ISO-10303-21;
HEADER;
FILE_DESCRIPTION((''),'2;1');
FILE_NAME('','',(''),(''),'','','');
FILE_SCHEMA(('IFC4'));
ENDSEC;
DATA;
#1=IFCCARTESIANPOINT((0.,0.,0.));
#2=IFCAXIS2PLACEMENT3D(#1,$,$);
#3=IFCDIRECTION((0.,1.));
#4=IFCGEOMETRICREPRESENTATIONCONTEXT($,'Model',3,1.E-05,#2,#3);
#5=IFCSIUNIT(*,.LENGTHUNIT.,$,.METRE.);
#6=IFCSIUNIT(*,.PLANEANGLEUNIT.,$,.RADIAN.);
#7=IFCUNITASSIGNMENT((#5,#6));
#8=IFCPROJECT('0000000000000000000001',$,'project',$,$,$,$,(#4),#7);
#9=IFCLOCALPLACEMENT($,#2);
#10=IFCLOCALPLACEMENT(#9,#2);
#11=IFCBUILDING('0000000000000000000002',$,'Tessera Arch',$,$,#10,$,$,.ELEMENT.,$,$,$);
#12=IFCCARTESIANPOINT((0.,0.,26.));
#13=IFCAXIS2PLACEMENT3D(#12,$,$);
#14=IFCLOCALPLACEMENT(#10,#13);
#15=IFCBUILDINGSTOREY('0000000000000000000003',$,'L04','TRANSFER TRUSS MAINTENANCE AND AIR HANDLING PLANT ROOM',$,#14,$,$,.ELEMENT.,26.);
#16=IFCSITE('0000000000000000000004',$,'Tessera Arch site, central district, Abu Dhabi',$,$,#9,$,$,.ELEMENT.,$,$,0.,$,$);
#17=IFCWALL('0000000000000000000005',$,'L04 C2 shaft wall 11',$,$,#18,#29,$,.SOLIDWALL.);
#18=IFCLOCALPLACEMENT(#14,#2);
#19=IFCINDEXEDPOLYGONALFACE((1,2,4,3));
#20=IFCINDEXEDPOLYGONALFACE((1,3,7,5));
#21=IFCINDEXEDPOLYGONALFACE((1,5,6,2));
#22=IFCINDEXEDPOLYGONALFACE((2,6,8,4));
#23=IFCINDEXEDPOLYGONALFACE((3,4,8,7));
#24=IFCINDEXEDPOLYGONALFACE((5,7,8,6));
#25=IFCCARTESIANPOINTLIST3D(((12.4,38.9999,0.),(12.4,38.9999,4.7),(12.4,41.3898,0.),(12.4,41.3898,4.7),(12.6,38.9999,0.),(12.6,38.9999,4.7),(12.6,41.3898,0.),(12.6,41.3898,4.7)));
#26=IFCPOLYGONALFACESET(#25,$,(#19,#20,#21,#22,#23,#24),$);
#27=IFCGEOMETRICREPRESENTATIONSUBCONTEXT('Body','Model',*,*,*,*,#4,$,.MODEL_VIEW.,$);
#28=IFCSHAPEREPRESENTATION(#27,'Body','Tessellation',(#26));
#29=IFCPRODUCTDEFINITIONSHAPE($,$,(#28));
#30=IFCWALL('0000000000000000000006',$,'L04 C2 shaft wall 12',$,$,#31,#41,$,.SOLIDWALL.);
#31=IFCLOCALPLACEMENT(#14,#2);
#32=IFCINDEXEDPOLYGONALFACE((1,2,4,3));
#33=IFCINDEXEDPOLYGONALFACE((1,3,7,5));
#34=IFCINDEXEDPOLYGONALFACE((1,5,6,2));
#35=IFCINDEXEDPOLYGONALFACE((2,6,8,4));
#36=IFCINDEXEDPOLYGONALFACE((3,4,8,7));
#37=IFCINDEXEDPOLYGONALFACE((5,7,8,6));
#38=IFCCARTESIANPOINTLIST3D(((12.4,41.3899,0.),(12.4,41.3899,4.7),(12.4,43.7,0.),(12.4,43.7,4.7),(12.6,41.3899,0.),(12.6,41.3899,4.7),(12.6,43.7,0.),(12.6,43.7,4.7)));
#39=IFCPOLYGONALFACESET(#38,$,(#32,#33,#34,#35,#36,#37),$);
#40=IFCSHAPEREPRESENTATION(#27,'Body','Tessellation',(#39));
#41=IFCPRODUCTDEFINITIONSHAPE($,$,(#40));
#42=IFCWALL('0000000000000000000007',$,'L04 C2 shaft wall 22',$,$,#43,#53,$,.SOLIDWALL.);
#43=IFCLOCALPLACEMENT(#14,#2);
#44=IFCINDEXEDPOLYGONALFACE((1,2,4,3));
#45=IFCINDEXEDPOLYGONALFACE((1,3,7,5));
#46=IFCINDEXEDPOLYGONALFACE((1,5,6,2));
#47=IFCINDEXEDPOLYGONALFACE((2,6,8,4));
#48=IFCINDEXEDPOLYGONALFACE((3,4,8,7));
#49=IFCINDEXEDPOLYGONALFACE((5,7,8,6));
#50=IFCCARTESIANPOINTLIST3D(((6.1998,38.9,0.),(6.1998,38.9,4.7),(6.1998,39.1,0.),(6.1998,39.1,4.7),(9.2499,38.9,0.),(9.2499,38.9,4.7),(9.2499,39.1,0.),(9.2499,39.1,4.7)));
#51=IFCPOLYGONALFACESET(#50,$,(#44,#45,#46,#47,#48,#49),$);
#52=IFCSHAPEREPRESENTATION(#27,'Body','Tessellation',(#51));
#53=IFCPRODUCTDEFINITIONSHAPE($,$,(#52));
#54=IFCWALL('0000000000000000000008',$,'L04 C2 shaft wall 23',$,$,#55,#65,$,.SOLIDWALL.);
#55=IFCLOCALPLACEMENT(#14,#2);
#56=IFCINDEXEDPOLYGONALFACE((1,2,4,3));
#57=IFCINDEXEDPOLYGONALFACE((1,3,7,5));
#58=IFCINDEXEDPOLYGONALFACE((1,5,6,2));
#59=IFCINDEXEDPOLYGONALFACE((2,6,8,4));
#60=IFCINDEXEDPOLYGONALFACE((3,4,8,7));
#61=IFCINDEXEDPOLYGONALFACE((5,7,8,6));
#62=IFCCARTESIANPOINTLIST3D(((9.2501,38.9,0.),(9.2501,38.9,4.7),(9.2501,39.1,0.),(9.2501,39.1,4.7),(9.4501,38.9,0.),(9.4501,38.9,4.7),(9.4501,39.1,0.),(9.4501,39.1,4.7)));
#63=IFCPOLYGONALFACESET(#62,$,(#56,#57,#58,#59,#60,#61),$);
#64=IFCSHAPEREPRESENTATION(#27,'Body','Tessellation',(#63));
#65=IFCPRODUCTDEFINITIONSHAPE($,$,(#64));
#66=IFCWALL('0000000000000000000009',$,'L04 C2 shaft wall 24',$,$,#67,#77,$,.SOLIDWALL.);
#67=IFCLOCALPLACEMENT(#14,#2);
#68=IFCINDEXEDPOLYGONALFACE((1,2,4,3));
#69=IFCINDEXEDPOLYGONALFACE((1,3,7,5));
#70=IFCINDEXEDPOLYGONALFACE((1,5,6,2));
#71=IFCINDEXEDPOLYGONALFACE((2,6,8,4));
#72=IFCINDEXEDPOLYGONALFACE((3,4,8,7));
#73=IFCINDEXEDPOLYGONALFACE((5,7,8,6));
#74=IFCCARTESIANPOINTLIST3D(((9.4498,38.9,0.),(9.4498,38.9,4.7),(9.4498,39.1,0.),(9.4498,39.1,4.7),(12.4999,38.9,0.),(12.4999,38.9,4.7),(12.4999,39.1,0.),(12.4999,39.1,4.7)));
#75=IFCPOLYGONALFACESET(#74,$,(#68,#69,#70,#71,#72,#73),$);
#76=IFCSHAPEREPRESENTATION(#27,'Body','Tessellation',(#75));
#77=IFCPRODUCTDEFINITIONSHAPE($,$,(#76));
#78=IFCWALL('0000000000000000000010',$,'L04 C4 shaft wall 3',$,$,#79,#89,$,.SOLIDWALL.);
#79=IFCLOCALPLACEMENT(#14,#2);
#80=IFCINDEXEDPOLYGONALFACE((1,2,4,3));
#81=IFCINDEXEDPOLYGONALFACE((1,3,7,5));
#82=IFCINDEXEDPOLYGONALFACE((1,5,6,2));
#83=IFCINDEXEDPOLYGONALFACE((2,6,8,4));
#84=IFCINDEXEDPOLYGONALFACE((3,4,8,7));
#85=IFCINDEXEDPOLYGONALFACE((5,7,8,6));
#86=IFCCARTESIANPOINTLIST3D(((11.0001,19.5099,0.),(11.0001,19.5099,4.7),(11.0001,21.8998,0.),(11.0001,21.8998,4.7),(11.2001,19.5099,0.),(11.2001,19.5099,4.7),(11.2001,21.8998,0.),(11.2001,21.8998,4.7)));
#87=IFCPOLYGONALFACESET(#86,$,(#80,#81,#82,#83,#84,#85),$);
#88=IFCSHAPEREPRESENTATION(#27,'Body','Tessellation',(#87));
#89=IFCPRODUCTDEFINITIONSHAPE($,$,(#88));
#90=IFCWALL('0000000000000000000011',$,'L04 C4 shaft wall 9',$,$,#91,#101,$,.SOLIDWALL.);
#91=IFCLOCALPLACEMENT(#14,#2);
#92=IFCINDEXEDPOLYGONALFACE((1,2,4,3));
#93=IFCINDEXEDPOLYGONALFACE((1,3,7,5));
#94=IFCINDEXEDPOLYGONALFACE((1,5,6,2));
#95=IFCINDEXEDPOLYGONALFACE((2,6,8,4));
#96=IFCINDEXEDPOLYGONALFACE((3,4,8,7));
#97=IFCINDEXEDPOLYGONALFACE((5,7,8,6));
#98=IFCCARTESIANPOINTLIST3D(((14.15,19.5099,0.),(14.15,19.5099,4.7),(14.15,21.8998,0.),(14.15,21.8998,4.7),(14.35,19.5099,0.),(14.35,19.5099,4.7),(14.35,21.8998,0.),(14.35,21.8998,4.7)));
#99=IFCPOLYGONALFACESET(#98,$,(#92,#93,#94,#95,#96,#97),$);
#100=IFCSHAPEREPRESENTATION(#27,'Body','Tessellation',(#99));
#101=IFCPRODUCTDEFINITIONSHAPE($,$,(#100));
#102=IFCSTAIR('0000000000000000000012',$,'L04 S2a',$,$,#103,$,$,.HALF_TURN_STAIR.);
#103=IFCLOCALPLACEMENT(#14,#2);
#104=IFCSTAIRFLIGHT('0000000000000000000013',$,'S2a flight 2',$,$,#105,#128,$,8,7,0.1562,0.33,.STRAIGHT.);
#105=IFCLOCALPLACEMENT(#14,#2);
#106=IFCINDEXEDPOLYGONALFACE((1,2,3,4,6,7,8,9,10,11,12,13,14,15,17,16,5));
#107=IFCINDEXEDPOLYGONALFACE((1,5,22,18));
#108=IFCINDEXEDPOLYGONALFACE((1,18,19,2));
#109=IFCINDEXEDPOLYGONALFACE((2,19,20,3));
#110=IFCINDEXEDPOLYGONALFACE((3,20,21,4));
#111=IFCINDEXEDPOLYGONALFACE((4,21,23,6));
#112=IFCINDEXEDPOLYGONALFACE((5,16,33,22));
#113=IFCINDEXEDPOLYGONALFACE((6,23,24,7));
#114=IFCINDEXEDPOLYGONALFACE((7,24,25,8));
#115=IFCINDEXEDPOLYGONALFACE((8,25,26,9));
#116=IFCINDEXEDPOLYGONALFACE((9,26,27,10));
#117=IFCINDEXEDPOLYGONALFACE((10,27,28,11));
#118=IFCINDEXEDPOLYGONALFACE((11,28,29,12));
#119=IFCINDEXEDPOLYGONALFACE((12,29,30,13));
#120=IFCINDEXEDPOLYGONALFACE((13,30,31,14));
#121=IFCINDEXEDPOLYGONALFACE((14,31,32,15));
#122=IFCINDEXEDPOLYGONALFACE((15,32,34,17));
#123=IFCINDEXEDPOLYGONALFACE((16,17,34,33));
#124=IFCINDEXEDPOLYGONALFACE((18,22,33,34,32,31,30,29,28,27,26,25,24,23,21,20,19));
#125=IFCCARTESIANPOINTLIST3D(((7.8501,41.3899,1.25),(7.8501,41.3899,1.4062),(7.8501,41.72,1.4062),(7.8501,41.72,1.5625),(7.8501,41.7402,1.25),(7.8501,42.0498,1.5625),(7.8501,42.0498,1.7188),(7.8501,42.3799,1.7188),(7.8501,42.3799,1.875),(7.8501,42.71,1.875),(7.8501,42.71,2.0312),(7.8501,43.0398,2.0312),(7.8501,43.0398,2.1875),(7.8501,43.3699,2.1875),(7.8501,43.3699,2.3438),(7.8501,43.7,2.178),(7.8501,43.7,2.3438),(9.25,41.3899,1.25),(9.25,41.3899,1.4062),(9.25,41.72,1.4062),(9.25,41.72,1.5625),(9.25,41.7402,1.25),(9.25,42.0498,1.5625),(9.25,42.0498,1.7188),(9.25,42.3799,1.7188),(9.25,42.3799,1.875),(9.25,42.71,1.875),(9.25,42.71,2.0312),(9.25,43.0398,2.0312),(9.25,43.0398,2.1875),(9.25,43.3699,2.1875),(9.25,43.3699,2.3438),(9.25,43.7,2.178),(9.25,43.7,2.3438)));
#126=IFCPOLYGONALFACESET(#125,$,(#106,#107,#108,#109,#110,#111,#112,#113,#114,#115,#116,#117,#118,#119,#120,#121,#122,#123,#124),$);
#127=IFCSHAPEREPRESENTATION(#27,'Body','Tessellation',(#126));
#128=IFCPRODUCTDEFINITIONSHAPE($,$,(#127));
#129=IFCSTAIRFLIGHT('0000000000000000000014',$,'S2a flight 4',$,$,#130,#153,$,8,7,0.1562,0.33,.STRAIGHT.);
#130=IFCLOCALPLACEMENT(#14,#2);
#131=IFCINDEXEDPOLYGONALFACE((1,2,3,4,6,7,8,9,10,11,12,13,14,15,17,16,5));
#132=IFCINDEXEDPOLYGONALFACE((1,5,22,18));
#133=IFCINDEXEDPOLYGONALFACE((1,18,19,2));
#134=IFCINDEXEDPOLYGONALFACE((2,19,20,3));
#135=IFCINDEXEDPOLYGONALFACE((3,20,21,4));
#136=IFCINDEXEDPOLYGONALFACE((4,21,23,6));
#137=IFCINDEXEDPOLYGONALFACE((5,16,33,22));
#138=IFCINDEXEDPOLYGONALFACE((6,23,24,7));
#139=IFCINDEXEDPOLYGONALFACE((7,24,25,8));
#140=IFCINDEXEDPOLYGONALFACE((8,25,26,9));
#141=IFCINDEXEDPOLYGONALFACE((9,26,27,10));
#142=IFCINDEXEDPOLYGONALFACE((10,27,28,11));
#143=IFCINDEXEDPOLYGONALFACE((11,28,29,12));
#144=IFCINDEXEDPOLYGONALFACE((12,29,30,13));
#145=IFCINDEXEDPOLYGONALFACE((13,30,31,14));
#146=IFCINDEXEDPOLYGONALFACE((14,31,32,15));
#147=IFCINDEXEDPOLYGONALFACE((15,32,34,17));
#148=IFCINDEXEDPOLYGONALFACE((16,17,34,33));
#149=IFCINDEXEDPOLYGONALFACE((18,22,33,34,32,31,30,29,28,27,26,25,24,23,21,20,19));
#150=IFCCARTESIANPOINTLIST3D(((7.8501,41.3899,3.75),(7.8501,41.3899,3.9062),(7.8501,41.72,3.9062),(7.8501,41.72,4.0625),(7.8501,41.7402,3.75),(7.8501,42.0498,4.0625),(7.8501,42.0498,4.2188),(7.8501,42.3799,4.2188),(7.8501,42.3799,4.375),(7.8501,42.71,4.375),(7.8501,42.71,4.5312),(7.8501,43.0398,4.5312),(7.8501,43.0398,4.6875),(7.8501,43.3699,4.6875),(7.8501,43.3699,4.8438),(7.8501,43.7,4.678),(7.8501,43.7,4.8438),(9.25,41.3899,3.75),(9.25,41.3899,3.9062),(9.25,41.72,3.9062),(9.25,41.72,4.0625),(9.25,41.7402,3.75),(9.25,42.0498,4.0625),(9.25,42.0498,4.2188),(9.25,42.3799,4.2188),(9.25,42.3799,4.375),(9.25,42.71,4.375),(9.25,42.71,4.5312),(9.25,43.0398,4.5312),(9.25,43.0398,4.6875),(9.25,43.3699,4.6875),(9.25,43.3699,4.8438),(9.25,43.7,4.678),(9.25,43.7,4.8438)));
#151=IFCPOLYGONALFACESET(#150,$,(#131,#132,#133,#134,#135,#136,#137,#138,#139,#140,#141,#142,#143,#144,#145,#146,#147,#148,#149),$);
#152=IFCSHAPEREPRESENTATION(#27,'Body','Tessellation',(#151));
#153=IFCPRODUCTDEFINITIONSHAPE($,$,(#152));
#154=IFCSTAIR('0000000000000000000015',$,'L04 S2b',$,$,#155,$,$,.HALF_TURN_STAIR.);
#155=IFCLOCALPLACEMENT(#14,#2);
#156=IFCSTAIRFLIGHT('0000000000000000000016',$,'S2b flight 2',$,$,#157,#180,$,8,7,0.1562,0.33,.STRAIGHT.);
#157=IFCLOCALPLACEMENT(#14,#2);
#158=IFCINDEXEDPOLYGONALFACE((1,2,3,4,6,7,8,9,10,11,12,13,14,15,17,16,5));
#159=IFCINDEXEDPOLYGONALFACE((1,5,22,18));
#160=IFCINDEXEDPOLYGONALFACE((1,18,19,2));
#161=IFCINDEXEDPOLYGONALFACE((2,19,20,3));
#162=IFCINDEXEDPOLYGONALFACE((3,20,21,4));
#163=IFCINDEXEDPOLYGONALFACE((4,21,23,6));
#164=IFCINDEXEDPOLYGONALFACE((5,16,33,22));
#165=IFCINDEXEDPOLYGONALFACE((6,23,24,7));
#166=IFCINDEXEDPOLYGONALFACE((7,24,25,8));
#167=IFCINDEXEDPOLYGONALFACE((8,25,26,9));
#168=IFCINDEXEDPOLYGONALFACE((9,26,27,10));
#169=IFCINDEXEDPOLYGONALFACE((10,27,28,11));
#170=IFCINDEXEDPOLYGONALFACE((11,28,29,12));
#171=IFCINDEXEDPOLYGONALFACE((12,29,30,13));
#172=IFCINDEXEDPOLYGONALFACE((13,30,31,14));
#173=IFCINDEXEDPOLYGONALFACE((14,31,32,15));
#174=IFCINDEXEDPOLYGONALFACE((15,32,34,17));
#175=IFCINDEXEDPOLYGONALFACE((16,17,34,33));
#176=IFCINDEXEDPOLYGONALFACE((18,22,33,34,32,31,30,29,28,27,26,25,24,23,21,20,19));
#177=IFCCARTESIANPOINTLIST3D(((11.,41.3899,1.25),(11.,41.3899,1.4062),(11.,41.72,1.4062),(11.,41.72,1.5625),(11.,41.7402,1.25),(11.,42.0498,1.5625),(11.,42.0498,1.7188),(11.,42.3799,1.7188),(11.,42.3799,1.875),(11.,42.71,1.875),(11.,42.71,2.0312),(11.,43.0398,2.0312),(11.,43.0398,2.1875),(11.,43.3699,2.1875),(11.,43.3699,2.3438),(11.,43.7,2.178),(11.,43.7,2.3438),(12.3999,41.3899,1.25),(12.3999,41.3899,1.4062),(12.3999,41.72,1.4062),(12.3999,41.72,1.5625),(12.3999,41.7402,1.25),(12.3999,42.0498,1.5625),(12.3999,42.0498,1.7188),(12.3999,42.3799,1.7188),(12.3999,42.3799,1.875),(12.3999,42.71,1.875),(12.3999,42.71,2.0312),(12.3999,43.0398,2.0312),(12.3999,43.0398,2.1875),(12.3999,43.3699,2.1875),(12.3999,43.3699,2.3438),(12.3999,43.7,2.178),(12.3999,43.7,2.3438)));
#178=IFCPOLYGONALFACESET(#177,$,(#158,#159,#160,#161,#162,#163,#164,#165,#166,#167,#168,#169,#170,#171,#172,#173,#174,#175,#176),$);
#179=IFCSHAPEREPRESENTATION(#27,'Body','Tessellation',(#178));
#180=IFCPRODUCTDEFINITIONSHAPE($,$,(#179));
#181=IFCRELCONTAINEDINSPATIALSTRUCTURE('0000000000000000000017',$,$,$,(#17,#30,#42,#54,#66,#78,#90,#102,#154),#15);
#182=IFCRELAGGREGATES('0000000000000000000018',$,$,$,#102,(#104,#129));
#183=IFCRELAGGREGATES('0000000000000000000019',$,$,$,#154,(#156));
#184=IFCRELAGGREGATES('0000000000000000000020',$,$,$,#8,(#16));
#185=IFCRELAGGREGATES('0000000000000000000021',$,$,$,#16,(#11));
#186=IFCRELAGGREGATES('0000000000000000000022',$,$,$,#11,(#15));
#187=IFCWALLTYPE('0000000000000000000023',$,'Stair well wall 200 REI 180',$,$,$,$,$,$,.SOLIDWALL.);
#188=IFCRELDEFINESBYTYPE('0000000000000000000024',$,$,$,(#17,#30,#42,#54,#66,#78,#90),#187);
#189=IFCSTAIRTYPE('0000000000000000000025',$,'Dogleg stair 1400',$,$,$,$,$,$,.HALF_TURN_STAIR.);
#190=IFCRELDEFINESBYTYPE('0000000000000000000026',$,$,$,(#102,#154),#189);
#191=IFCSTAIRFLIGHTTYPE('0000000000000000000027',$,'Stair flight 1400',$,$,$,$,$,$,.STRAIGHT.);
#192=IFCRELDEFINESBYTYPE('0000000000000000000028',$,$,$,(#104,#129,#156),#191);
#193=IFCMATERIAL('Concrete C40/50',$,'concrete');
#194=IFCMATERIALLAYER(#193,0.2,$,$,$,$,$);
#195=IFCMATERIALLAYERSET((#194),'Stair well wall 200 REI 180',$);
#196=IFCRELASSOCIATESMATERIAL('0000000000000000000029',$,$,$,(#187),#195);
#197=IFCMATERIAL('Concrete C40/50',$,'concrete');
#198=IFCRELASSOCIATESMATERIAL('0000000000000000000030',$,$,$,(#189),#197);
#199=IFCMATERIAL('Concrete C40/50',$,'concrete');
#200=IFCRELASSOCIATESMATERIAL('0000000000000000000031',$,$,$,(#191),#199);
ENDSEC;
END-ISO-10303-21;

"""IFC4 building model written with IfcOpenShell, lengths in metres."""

from ifc_helpers import new_model, si_unit, direction, frame, frame_2d, origin, place, context, subcontext, project, spatial, polyline, rectangle, outline, extrude, material, layer, layer_set, type_object, element, aggregate, save


model = new_model("IFC4")

# Units and contexts
model_context = context("Model", 3, precision=1e-05, world=origin(), true_north=direction((0.0, 1.0)))
body_context = subcontext(model_context, "Body", "Model", "MODEL_VIEW")
ifc_project = project(units=[si_unit("LENGTHUNIT", "METRE"), si_unit("PLANEANGLEUNIT", "RADIAN")], contexts=[model_context])

# Site, building, storey
site_placement = place(None, origin())
site = spatial("IfcSite", under=ifc_project, at=site_placement, Name="Tessera Arch site, central district, Abu Dhabi", CompositionType="ELEMENT", RefElevation=0.0)
building_placement = place(site_placement, origin())
building = spatial("IfcBuilding", under=site, at=building_placement, Name="Tessera Arch", CompositionType="ELEMENT")
storey_placement = place(building_placement, frame((0.0, 0.0, 26.0)))
storey = spatial("IfcBuildingStorey", under=building, at=storey_placement, Name="L04", Description="TRANSFER TRUSS MAINTENANCE AND AIR HANDLING PLANT ROOM", CompositionType="ELEMENT", Elevation=26.0)

# Walls
ifc_material_1 = material(Name="Concrete C40/50", Category="concrete")
ifc_layer_1 = layer(ifc_material_1, 0.2)
ifc_layer_set_1 = layer_set([ifc_layer_1], Name="Stair well wall 200 REI 180")
wall_type_1 = type_object("IfcWallType", Name="Stair well wall 200 REI 180", PredefinedType="SOLIDWALL", material=ifc_layer_set_1)
wall_1_placement = place(storey_placement, frame((12.5, 39.0, 0.0), z_axis=(0.0, 0.0, 1.0), x_axis=(0.0, 1.0, 0.0)))
element("IfcWall", 1, at=wall_1_placement, inside=storey, type_object=wall_type_1, Name="L04 C2 shaft wall 11", PredefinedType="SOLIDWALL", context=body_context, shape_type="SweptSolid", body=[
    extrude(rectangle(XDim=2.3899, YDim=0.2, at=frame_2d((1.1948, 0.0))), origin(), (0.0, 0.0, 1.0), 4.7),
])
wall_2_placement = place(storey_placement, frame((12.5, 41.3899, 0.0), z_axis=(0.0, 0.0, 1.0), x_axis=(0.0, 1.0, 0.0)))
element("IfcWall", 2, at=wall_2_placement, inside=storey, type_object=wall_type_1, Name="L04 C2 shaft wall 12", PredefinedType="SOLIDWALL", context=body_context, shape_type="SweptSolid", body=[
    extrude(rectangle(XDim=2.3101, YDim=0.2, at=frame_2d((1.155, 0.0))), origin(), (0.0, 0.0, 1.0), 4.7),
])
wall_3_placement = place(storey_placement, frame((6.2, 39.0, 0.0), z_axis=(0.0, 0.0, 1.0), x_axis=(1.0, 0.0, 0.0)))
element("IfcWall", 3, at=wall_3_placement, inside=storey, type_object=wall_type_1, Name="L04 C2 shaft wall 22", PredefinedType="SOLIDWALL", context=body_context, shape_type="SweptSolid", body=[
    extrude(rectangle(XDim=3.05, YDim=0.2, at=frame_2d((1.5249, 0.0))), origin(), (0.0, 0.0, 1.0), 4.7),
])
wall_4_placement = place(storey_placement, frame((9.25, 39.0, 0.0), z_axis=(0.0, 0.0, 1.0), x_axis=(1.0, 0.0, 0.0)))
element("IfcWall", 4, at=wall_4_placement, inside=storey, type_object=wall_type_1, Name="L04 C2 shaft wall 23", PredefinedType="SOLIDWALL", context=body_context, shape_type="SweptSolid", body=[
    extrude(rectangle(XDim=0.2, YDim=0.2, at=frame_2d((0.1001, 0.0))), origin(), (0.0, 0.0, 1.0), 4.7),
])
wall_5_placement = place(storey_placement, frame((9.45, 39.0, 0.0), z_axis=(0.0, 0.0, 1.0), x_axis=(1.0, 0.0, 0.0)))
element("IfcWall", 5, at=wall_5_placement, inside=storey, type_object=wall_type_1, Name="L04 C2 shaft wall 24", PredefinedType="SOLIDWALL", context=body_context, shape_type="SweptSolid", body=[
    extrude(rectangle(XDim=3.05, YDim=0.2, at=frame_2d((1.5249, 0.0))), origin(), (0.0, 0.0, 1.0), 4.7),
])
for number, where, z_axis, x_axis, name in (
    (6, (11.1001, 19.51, 0.0), (0.0, 0.0, 1.0), (0.0, 1.0, 0.0), "L04 C4 shaft wall 3"),
    (7, (14.25, 19.51, 0.0), (0.0, 0.0, 1.0), (0.0, 1.0, 0.0), "L04 C4 shaft wall 9"),
):
    element("IfcWall", number, at=place(storey_placement, frame(where, z_axis=z_axis, x_axis=x_axis)), inside=storey, type_object=wall_type_1, Name=name, PredefinedType="SOLIDWALL", context=body_context, shape_type="SweptSolid", body=[
        extrude(rectangle(XDim=2.3899, YDim=0.2, at=frame_2d((1.1948, 0.0))), origin(), (0.0, 0.0, 1.0), 4.7),
    ])

# Stairs, stair flights
ifc_material_2 = material(Name="Concrete C40/50", Category="concrete")
stair_type = type_object("IfcStairType", Name="Dogleg stair 1400", PredefinedType="HALF_TURN_STAIR", material=ifc_material_2)
stair_1_placement = place(storey_placement, origin())
stair_1 = element("IfcStair", 8, at=stair_1_placement, inside=storey, type_object=stair_type, Name="L04 S2a", PredefinedType="HALF_TURN_STAIR")
ifc_material_3 = material(Name="Concrete C40/50", Category="concrete")
stair_flight_type = type_object("IfcStairFlightType", Name="Stair flight 1400", PredefinedType="STRAIGHT", material=ifc_material_3)
stair_flight_1_placement = place(storey_placement, frame((8.55, 41.3899, 1.25), z_axis=(0.0, 0.0, 1.0), x_axis=(0.0, 1.0, 0.0)))
stair_flight_1 = element("IfcStairFlight", 9, at=stair_flight_1_placement, type_object=stair_flight_type, Name="S2a flight 2", NumberOfRisers=8, NumberOfTreads=7, PredefinedType="STRAIGHT", RiserHeight=0.1562, TreadLength=0.33, context=body_context, shape_type="SweptSolid", body=[
    extrude(outline(polyline([(0.0, 0.0), (0.0, 0.1562), (0.3301, 0.1562), (0.3301, 0.3125), (0.6599, 0.3125), (0.6599, 0.4688), (0.99, 0.4688), (0.99, 0.625), (1.3201, 0.625), (1.3201, 0.7812), (1.6499, 0.7812), (1.6499, 0.9375), (1.98, 0.9375), (1.98, 1.0938), (2.3101, 1.0938), (2.3101, 1.25), (2.3101, 0.928), (0.3503, 0.0), (0.0, 0.0)])), frame((0.0, 0.7, 0.0), z_axis=(0.0, -1.0, 0.0), x_axis=(1.0, 0.0, 0.0)), (0.0, 0.0, 1.0), 1.3999),
])
stair_flight_2_placement = place(storey_placement, frame((8.55, 41.3899, 3.75), z_axis=(0.0, 0.0, 1.0), x_axis=(0.0, 1.0, 0.0)))
stair_flight_2 = element("IfcStairFlight", 10, at=stair_flight_2_placement, type_object=stair_flight_type, Name="S2a flight 4", NumberOfRisers=8, NumberOfTreads=7, PredefinedType="STRAIGHT", RiserHeight=0.1562, TreadLength=0.33, context=body_context, shape_type="SweptSolid", body=[
    extrude(outline(polyline([(0.0, 0.0), (0.0, 0.1562), (0.3301, 0.1562), (0.3301, 0.3125), (0.6599, 0.3125), (0.6599, 0.4688), (0.99, 0.4688), (0.99, 0.625), (1.3201, 0.625), (1.3201, 0.7812), (1.6499, 0.7812), (1.6499, 0.9375), (1.98, 0.9375), (1.98, 1.0938), (2.3101, 1.0938), (2.3101, 1.25), (2.3101, 0.928), (0.3503, 0.0), (0.0, 0.0)])), frame((0.0, 0.7, 0.0), z_axis=(0.0, -1.0, 0.0), x_axis=(1.0, 0.0, 0.0)), (0.0, 0.0, 1.0), 1.3999),
])
aggregate(stair_1, [stair_flight_1, stair_flight_2])
stair_2_placement = place(storey_placement, origin())
stair_2 = element("IfcStair", 11, at=stair_2_placement, inside=storey, type_object=stair_type, Name="L04 S2b", PredefinedType="HALF_TURN_STAIR")
stair_flight_3_placement = place(storey_placement, frame((11.7, 41.3899, 1.25), z_axis=(0.0, 0.0, 1.0), x_axis=(0.0, 1.0, 0.0)))
stair_flight_3 = element("IfcStairFlight", 12, at=stair_flight_3_placement, type_object=stair_flight_type, Name="S2b flight 2", NumberOfRisers=8, NumberOfTreads=7, PredefinedType="STRAIGHT", RiserHeight=0.1562, TreadLength=0.33, context=body_context, shape_type="SweptSolid", body=[
    extrude(outline(polyline([(0.0, 0.0), (0.0, 0.1562), (0.3301, 0.1562), (0.3301, 0.3125), (0.6599, 0.3125), (0.6599, 0.4688), (0.99, 0.4688), (0.99, 0.625), (1.3201, 0.625), (1.3201, 0.7812), (1.6499, 0.7812), (1.6499, 0.9375), (1.98, 0.9375), (1.98, 1.0938), (2.3101, 1.0938), (2.3101, 1.25), (2.3101, 0.928), (0.3503, 0.0), (0.0, 0.0)])), frame((0.0, 0.7, 0.0), z_axis=(0.0, -1.0, 0.0), x_axis=(1.0, 0.0, 0.0)), (0.0, 0.0, 1.0), 1.3999),
])
aggregate(stair_2, [stair_flight_3])

save(model, "model.ifc")
